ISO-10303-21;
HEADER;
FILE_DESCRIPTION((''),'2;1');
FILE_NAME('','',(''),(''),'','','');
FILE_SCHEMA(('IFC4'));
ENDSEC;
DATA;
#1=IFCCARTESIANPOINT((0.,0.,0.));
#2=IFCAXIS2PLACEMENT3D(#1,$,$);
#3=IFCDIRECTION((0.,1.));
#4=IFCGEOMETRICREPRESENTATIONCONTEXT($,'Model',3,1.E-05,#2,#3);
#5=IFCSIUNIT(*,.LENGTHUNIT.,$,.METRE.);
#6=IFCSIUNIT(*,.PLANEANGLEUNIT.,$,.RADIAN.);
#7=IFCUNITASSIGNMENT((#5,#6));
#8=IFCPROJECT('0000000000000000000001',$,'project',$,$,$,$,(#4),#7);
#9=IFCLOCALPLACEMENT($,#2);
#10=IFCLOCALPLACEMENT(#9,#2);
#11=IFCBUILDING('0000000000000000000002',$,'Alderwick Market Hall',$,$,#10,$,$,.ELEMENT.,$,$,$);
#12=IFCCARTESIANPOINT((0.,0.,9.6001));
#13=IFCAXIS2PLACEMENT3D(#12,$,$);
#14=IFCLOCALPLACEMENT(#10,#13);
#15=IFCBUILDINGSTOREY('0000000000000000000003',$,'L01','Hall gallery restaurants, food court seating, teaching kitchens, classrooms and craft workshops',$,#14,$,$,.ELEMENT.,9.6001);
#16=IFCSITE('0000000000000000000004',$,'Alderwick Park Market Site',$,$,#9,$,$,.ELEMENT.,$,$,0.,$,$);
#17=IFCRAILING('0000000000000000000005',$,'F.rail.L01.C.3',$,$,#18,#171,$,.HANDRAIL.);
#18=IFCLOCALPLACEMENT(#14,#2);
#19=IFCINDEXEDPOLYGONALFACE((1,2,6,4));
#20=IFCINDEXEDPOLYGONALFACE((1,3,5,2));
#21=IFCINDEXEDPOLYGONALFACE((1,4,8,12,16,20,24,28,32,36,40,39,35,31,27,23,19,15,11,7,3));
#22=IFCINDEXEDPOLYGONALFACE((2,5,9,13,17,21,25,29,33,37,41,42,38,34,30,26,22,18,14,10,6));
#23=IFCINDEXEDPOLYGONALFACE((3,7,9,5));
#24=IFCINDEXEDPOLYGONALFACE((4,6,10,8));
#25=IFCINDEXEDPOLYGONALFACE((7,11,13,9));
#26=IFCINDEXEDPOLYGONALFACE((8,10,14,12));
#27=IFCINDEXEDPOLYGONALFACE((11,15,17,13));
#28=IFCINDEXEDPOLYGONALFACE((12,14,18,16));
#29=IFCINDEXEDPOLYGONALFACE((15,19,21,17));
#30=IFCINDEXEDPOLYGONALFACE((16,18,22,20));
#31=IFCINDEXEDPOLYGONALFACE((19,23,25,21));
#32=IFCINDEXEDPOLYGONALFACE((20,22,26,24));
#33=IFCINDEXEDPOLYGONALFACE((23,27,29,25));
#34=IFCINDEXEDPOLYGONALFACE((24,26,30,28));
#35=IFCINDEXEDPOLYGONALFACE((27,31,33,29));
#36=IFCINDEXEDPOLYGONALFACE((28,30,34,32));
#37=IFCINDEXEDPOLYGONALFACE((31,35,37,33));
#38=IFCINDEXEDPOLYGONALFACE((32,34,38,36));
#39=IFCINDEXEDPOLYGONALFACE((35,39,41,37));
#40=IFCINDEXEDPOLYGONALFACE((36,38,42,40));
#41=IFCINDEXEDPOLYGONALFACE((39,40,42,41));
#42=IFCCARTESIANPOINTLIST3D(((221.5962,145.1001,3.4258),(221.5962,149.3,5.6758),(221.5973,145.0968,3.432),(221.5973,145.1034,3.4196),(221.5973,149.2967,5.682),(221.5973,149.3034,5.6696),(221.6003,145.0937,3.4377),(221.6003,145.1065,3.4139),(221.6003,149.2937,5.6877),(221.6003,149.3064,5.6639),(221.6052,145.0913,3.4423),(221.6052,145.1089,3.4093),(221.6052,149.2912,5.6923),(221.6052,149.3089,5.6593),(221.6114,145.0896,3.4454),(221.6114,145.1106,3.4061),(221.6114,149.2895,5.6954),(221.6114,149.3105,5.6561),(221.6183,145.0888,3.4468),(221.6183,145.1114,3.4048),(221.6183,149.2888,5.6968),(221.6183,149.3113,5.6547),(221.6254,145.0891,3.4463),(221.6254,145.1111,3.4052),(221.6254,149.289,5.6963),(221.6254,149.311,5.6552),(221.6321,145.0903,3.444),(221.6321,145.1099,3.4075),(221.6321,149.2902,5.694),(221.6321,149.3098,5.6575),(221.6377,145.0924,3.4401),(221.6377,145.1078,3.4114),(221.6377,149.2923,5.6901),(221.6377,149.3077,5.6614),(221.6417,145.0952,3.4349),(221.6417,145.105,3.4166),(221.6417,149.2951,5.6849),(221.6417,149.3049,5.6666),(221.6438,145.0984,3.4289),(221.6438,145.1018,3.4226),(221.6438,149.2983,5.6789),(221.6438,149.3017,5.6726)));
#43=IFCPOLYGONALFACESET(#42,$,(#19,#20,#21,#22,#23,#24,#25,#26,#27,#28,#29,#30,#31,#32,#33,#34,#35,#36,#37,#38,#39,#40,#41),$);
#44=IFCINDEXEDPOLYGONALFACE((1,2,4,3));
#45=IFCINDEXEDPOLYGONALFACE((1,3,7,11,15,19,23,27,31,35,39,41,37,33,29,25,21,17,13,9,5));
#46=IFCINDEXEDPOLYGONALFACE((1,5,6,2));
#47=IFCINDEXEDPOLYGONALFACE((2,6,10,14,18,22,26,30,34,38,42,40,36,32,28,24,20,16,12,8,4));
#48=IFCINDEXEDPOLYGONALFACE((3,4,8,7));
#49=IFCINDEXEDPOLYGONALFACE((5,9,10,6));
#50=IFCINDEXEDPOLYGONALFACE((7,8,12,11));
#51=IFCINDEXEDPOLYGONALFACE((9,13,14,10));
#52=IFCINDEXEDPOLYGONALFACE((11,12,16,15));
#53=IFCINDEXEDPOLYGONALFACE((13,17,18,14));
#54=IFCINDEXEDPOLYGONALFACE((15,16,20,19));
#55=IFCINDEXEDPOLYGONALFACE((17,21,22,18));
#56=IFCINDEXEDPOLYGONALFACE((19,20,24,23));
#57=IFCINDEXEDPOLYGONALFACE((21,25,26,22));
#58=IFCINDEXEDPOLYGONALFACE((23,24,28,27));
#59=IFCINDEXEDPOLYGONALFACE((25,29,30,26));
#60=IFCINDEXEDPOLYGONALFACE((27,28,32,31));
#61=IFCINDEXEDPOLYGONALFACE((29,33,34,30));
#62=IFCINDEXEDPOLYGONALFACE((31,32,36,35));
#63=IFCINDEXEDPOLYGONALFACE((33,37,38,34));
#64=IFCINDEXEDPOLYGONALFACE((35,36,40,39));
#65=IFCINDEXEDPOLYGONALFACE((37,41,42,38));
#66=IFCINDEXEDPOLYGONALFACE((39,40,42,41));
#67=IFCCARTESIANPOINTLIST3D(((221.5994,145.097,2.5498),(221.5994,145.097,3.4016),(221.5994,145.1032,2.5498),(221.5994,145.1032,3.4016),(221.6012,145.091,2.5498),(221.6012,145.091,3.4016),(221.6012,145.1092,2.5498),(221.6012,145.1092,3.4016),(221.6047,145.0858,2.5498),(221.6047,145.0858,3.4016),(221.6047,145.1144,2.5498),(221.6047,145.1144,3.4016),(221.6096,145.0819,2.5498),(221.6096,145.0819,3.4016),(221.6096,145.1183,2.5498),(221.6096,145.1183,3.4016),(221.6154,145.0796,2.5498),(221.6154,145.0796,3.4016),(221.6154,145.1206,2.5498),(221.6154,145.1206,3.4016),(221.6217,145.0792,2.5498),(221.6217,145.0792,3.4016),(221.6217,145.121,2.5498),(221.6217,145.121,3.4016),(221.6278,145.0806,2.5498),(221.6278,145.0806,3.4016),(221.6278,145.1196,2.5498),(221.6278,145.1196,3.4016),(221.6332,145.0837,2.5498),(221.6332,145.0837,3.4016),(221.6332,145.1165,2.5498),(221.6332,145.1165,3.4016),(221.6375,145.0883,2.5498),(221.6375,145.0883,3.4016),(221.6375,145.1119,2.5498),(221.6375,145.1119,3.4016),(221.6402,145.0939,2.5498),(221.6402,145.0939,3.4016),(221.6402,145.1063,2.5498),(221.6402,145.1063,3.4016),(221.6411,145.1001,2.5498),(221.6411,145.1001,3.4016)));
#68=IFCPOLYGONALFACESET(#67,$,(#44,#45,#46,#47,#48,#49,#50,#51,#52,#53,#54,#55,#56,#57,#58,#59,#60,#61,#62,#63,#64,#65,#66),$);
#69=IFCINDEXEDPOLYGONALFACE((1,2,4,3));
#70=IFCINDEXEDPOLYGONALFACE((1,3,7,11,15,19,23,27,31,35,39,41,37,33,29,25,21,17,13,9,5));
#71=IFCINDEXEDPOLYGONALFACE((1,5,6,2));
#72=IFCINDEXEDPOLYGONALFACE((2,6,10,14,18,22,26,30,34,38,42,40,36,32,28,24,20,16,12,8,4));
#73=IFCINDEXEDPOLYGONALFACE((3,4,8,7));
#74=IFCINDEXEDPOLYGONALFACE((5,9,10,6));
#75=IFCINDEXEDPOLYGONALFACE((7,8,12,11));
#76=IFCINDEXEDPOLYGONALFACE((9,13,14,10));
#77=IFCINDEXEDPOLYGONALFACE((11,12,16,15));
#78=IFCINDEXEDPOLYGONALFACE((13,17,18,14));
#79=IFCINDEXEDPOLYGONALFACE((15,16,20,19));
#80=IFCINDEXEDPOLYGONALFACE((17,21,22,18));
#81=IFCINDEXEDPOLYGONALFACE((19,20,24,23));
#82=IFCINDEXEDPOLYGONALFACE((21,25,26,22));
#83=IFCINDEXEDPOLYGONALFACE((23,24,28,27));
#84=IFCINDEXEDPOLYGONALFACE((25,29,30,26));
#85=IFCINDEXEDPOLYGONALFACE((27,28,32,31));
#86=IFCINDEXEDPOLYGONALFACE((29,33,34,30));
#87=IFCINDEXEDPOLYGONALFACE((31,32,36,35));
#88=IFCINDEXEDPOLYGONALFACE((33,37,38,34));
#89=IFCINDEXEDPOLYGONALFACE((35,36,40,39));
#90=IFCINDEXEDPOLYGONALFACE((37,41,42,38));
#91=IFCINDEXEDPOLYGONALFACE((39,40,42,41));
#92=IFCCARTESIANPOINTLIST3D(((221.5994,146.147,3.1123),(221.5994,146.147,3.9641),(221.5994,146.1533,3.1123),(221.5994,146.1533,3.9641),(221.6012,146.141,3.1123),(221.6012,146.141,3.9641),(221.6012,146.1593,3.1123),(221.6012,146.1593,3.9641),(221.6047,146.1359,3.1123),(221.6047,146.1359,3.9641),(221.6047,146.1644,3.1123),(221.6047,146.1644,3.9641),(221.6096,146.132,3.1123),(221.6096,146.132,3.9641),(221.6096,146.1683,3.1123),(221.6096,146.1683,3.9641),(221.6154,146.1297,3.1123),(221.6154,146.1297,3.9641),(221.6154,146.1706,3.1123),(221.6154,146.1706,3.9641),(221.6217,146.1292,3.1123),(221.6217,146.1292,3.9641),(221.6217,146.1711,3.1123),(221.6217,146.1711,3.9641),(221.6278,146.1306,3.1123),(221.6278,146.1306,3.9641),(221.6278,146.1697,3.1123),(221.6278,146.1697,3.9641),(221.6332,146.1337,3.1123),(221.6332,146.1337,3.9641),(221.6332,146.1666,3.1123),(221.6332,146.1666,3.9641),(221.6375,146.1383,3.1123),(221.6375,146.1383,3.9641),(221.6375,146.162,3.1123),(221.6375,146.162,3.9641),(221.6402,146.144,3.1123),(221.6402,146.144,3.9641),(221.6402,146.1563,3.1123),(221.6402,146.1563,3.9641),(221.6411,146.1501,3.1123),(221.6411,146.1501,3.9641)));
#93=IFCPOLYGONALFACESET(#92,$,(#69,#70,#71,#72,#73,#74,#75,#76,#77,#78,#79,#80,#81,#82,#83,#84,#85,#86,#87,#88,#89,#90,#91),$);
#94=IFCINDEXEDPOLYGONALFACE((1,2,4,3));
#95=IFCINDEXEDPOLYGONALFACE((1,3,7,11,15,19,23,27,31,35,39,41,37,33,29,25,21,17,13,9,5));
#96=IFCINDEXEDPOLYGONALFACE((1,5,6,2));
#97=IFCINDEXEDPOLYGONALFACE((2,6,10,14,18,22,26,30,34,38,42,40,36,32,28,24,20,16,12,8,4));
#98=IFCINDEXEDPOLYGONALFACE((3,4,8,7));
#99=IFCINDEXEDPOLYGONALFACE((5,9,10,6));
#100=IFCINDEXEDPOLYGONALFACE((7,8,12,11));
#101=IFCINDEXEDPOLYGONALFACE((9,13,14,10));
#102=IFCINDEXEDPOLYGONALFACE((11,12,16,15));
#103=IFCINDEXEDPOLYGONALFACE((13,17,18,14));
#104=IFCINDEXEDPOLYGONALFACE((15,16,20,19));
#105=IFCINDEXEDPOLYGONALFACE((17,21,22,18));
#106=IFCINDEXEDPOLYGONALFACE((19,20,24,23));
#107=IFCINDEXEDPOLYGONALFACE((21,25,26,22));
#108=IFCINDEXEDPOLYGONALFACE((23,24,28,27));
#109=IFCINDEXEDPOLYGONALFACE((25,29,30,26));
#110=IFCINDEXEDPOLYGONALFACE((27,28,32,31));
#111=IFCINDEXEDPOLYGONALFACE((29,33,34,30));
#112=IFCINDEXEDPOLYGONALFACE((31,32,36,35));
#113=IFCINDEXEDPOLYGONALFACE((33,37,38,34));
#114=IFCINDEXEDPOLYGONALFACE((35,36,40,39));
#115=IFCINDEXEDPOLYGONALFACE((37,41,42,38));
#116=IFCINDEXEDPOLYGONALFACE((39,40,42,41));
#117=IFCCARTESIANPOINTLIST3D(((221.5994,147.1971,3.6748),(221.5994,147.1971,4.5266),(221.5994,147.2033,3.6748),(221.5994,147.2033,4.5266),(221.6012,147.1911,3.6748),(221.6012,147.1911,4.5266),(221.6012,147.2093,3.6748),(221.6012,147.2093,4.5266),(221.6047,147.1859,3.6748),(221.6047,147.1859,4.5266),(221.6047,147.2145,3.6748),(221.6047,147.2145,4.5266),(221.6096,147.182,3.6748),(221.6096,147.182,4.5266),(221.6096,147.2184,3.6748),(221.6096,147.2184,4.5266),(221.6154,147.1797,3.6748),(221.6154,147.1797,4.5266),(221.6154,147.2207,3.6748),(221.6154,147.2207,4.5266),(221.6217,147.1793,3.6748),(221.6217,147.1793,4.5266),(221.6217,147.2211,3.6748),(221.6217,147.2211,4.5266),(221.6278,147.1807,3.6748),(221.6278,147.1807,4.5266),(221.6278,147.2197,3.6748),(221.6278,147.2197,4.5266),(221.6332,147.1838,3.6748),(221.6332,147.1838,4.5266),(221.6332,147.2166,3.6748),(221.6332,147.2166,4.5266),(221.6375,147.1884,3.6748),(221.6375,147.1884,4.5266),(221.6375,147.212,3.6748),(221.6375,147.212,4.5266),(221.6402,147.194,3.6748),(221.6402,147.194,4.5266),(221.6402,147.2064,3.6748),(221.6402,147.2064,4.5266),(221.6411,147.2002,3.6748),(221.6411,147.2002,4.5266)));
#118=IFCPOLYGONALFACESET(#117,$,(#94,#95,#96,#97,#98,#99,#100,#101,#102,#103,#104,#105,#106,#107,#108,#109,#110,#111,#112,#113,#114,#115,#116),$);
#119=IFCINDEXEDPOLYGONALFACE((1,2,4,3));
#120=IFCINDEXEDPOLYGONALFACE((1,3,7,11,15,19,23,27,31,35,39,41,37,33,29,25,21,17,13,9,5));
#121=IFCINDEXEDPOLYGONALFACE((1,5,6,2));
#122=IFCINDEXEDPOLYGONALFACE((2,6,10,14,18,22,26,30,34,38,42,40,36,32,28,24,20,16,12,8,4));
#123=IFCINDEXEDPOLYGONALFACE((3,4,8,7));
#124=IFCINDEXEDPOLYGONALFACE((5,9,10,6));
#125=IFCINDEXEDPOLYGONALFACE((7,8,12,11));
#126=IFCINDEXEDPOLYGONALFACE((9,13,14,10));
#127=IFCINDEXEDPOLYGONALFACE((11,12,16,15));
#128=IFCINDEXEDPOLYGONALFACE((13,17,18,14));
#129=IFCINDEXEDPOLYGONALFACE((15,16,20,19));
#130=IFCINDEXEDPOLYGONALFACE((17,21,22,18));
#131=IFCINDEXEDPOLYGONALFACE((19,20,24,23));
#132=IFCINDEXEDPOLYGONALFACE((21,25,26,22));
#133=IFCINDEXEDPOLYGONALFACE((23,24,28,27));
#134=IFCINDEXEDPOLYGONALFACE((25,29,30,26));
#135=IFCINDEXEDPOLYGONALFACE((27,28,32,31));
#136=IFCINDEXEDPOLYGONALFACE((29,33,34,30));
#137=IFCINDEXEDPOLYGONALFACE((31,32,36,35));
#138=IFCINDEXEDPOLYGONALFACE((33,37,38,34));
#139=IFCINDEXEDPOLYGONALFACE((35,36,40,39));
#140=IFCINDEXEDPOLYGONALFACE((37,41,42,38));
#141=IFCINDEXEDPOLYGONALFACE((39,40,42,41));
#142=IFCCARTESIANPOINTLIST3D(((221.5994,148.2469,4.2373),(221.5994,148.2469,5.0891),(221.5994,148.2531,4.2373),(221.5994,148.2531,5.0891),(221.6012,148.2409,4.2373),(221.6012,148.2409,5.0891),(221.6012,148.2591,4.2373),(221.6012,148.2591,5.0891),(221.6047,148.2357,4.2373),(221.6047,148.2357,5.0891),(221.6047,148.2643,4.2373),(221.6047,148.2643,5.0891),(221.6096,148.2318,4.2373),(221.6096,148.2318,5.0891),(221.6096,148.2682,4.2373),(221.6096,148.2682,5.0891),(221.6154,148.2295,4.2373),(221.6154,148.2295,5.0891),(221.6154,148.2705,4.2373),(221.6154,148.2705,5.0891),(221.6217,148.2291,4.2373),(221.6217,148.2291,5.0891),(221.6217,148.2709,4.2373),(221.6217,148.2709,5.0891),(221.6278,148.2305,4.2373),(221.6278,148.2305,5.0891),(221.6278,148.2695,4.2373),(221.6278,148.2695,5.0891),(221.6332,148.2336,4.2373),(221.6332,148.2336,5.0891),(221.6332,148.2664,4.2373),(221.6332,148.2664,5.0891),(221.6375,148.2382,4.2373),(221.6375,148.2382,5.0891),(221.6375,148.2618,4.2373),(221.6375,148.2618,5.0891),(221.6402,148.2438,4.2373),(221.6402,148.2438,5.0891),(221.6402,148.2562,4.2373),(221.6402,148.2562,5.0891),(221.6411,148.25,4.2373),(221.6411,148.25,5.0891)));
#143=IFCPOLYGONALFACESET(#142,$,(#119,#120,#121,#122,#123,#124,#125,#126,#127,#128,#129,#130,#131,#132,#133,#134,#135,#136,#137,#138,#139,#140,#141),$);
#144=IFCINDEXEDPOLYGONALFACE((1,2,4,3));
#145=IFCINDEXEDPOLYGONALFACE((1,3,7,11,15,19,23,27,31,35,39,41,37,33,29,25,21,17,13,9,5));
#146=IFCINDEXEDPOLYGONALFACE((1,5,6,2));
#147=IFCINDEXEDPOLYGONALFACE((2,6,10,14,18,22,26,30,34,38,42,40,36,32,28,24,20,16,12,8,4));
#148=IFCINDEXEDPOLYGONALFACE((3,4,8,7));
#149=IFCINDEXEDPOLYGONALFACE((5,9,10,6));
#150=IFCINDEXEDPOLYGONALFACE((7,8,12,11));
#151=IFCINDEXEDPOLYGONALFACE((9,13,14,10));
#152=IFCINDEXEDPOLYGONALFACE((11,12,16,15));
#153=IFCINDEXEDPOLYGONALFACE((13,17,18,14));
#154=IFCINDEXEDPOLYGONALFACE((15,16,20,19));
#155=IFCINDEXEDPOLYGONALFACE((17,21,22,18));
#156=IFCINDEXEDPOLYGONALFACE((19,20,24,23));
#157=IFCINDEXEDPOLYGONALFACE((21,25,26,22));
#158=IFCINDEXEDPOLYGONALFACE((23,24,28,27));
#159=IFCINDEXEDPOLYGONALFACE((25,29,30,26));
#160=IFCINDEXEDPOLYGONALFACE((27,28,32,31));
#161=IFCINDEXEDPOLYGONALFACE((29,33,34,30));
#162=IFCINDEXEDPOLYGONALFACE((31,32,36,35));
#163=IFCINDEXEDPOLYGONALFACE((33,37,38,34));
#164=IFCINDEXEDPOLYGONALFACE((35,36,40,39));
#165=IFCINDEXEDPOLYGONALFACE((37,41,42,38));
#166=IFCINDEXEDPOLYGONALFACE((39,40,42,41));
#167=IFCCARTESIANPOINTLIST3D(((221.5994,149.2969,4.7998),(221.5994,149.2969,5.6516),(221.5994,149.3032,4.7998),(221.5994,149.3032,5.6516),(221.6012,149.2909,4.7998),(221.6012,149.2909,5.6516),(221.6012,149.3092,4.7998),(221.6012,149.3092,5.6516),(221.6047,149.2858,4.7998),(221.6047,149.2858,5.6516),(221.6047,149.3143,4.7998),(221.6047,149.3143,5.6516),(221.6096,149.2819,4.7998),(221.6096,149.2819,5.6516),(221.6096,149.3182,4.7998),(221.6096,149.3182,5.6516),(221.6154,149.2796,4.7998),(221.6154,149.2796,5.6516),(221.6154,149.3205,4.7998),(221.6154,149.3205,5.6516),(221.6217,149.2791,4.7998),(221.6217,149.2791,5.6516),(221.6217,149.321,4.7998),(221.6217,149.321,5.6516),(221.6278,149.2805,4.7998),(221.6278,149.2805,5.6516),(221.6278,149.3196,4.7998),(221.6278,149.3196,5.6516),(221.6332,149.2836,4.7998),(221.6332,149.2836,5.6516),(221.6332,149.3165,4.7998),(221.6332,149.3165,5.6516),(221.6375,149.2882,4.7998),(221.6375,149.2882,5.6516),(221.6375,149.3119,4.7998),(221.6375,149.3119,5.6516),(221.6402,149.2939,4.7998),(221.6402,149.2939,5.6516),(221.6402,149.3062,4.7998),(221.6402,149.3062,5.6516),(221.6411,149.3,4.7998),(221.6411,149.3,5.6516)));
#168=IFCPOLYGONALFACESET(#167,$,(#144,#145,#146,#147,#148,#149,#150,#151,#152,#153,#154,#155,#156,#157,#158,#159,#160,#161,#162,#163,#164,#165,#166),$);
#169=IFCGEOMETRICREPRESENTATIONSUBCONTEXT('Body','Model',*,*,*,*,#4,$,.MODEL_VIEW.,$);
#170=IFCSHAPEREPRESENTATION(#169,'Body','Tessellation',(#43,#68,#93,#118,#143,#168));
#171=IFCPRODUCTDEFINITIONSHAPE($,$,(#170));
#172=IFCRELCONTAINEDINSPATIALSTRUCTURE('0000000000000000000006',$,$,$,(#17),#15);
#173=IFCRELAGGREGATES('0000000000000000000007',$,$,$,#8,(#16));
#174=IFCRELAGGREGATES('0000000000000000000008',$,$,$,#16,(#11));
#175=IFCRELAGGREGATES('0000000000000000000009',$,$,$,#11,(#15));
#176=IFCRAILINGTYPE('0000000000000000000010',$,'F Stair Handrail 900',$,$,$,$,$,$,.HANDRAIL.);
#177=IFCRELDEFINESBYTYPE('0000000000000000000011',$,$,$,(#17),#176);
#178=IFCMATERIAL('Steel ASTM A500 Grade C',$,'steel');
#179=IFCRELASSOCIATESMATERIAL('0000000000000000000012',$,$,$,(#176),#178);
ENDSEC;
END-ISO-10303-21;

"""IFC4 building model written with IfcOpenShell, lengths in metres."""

from ifc_helpers import new_model, si_unit, direction, frame, origin, origin_2d, place, context, subcontext, project, spatial, circle, extrude, material, type_object, element, save


model = new_model("IFC4")

# Units and contexts
model_context = context("Model", 3, precision=1e-05, world=origin(), true_north=direction((0.0, 1.0)))
body_context = subcontext(model_context, "Body", "Model", "MODEL_VIEW")
ifc_project = project(units=[si_unit("LENGTHUNIT", "METRE"), si_unit("PLANEANGLEUNIT", "RADIAN")], contexts=[model_context])

# Site, building, storey
site_placement = place(None, origin())
site = spatial("IfcSite", under=ifc_project, at=site_placement, Name="Alderwick Park Market Site", CompositionType="ELEMENT", RefElevation=0.0)
building_placement = place(site_placement, origin())
building = spatial("IfcBuilding", under=site, at=building_placement, Name="Alderwick Market Hall", CompositionType="ELEMENT")
storey_placement = place(building_placement, frame((0.0, 0.0, 9.6001)))
storey = spatial("IfcBuildingStorey", under=building, at=storey_placement, Name="L01", Description="Hall gallery restaurants, food court seating, teaching kitchens, classrooms and craft workshops", CompositionType="ELEMENT", Elevation=9.6001)

# Railing
ifc_material_1 = material(Name="Steel ASTM A500 Grade C", Category="steel")
railing_type = type_object("IfcRailingType", Name="F Stair Handrail 900", PredefinedType="HANDRAIL", material=ifc_material_1)
for number, where, name in (
    (1, (221.6201, 145.1001, 2.5498), "F.rail.L01.C.3"),
):
    element("IfcRailing", number, at=place(storey_placement, frame(where)), inside=storey, type_object=railing_type, Name=name, PredefinedType="HANDRAIL", context=body_context, shape_type="SweptSolid", body=[
        extrude(circle(Radius=0.0239, at=origin_2d()), frame((0.0, 0.0, 0.876), z_axis=(0.0, 0.881478, 0.472226), x_axis=(-1.0, 0.0, 0.0)), (0.0, 0.0, 1.0), 4.7646),
        extrude(circle(Radius=0.021, at=origin_2d()), origin(), (0.0, 0.0, 1.0), 0.8518),
        extrude(circle(Radius=0.021, at=origin_2d()), frame((0.0, 1.05, 0.5625)), (0.0, 0.0, 1.0), 0.8518),
        extrude(circle(Radius=0.021, at=origin_2d()), frame((0.0, 2.1001, 1.125)), (0.0, 0.0, 1.0), 0.8518),
        extrude(circle(Radius=0.021, at=origin_2d()), frame((0.0, 3.1499, 1.6875)), (0.0, 0.0, 1.0), 0.8518),
        extrude(circle(Radius=0.021, at=origin_2d()), frame((0.0, 4.2, 2.25)), (0.0, 0.0, 1.0), 0.8518),
    ])

save(model, "model.ifc")
